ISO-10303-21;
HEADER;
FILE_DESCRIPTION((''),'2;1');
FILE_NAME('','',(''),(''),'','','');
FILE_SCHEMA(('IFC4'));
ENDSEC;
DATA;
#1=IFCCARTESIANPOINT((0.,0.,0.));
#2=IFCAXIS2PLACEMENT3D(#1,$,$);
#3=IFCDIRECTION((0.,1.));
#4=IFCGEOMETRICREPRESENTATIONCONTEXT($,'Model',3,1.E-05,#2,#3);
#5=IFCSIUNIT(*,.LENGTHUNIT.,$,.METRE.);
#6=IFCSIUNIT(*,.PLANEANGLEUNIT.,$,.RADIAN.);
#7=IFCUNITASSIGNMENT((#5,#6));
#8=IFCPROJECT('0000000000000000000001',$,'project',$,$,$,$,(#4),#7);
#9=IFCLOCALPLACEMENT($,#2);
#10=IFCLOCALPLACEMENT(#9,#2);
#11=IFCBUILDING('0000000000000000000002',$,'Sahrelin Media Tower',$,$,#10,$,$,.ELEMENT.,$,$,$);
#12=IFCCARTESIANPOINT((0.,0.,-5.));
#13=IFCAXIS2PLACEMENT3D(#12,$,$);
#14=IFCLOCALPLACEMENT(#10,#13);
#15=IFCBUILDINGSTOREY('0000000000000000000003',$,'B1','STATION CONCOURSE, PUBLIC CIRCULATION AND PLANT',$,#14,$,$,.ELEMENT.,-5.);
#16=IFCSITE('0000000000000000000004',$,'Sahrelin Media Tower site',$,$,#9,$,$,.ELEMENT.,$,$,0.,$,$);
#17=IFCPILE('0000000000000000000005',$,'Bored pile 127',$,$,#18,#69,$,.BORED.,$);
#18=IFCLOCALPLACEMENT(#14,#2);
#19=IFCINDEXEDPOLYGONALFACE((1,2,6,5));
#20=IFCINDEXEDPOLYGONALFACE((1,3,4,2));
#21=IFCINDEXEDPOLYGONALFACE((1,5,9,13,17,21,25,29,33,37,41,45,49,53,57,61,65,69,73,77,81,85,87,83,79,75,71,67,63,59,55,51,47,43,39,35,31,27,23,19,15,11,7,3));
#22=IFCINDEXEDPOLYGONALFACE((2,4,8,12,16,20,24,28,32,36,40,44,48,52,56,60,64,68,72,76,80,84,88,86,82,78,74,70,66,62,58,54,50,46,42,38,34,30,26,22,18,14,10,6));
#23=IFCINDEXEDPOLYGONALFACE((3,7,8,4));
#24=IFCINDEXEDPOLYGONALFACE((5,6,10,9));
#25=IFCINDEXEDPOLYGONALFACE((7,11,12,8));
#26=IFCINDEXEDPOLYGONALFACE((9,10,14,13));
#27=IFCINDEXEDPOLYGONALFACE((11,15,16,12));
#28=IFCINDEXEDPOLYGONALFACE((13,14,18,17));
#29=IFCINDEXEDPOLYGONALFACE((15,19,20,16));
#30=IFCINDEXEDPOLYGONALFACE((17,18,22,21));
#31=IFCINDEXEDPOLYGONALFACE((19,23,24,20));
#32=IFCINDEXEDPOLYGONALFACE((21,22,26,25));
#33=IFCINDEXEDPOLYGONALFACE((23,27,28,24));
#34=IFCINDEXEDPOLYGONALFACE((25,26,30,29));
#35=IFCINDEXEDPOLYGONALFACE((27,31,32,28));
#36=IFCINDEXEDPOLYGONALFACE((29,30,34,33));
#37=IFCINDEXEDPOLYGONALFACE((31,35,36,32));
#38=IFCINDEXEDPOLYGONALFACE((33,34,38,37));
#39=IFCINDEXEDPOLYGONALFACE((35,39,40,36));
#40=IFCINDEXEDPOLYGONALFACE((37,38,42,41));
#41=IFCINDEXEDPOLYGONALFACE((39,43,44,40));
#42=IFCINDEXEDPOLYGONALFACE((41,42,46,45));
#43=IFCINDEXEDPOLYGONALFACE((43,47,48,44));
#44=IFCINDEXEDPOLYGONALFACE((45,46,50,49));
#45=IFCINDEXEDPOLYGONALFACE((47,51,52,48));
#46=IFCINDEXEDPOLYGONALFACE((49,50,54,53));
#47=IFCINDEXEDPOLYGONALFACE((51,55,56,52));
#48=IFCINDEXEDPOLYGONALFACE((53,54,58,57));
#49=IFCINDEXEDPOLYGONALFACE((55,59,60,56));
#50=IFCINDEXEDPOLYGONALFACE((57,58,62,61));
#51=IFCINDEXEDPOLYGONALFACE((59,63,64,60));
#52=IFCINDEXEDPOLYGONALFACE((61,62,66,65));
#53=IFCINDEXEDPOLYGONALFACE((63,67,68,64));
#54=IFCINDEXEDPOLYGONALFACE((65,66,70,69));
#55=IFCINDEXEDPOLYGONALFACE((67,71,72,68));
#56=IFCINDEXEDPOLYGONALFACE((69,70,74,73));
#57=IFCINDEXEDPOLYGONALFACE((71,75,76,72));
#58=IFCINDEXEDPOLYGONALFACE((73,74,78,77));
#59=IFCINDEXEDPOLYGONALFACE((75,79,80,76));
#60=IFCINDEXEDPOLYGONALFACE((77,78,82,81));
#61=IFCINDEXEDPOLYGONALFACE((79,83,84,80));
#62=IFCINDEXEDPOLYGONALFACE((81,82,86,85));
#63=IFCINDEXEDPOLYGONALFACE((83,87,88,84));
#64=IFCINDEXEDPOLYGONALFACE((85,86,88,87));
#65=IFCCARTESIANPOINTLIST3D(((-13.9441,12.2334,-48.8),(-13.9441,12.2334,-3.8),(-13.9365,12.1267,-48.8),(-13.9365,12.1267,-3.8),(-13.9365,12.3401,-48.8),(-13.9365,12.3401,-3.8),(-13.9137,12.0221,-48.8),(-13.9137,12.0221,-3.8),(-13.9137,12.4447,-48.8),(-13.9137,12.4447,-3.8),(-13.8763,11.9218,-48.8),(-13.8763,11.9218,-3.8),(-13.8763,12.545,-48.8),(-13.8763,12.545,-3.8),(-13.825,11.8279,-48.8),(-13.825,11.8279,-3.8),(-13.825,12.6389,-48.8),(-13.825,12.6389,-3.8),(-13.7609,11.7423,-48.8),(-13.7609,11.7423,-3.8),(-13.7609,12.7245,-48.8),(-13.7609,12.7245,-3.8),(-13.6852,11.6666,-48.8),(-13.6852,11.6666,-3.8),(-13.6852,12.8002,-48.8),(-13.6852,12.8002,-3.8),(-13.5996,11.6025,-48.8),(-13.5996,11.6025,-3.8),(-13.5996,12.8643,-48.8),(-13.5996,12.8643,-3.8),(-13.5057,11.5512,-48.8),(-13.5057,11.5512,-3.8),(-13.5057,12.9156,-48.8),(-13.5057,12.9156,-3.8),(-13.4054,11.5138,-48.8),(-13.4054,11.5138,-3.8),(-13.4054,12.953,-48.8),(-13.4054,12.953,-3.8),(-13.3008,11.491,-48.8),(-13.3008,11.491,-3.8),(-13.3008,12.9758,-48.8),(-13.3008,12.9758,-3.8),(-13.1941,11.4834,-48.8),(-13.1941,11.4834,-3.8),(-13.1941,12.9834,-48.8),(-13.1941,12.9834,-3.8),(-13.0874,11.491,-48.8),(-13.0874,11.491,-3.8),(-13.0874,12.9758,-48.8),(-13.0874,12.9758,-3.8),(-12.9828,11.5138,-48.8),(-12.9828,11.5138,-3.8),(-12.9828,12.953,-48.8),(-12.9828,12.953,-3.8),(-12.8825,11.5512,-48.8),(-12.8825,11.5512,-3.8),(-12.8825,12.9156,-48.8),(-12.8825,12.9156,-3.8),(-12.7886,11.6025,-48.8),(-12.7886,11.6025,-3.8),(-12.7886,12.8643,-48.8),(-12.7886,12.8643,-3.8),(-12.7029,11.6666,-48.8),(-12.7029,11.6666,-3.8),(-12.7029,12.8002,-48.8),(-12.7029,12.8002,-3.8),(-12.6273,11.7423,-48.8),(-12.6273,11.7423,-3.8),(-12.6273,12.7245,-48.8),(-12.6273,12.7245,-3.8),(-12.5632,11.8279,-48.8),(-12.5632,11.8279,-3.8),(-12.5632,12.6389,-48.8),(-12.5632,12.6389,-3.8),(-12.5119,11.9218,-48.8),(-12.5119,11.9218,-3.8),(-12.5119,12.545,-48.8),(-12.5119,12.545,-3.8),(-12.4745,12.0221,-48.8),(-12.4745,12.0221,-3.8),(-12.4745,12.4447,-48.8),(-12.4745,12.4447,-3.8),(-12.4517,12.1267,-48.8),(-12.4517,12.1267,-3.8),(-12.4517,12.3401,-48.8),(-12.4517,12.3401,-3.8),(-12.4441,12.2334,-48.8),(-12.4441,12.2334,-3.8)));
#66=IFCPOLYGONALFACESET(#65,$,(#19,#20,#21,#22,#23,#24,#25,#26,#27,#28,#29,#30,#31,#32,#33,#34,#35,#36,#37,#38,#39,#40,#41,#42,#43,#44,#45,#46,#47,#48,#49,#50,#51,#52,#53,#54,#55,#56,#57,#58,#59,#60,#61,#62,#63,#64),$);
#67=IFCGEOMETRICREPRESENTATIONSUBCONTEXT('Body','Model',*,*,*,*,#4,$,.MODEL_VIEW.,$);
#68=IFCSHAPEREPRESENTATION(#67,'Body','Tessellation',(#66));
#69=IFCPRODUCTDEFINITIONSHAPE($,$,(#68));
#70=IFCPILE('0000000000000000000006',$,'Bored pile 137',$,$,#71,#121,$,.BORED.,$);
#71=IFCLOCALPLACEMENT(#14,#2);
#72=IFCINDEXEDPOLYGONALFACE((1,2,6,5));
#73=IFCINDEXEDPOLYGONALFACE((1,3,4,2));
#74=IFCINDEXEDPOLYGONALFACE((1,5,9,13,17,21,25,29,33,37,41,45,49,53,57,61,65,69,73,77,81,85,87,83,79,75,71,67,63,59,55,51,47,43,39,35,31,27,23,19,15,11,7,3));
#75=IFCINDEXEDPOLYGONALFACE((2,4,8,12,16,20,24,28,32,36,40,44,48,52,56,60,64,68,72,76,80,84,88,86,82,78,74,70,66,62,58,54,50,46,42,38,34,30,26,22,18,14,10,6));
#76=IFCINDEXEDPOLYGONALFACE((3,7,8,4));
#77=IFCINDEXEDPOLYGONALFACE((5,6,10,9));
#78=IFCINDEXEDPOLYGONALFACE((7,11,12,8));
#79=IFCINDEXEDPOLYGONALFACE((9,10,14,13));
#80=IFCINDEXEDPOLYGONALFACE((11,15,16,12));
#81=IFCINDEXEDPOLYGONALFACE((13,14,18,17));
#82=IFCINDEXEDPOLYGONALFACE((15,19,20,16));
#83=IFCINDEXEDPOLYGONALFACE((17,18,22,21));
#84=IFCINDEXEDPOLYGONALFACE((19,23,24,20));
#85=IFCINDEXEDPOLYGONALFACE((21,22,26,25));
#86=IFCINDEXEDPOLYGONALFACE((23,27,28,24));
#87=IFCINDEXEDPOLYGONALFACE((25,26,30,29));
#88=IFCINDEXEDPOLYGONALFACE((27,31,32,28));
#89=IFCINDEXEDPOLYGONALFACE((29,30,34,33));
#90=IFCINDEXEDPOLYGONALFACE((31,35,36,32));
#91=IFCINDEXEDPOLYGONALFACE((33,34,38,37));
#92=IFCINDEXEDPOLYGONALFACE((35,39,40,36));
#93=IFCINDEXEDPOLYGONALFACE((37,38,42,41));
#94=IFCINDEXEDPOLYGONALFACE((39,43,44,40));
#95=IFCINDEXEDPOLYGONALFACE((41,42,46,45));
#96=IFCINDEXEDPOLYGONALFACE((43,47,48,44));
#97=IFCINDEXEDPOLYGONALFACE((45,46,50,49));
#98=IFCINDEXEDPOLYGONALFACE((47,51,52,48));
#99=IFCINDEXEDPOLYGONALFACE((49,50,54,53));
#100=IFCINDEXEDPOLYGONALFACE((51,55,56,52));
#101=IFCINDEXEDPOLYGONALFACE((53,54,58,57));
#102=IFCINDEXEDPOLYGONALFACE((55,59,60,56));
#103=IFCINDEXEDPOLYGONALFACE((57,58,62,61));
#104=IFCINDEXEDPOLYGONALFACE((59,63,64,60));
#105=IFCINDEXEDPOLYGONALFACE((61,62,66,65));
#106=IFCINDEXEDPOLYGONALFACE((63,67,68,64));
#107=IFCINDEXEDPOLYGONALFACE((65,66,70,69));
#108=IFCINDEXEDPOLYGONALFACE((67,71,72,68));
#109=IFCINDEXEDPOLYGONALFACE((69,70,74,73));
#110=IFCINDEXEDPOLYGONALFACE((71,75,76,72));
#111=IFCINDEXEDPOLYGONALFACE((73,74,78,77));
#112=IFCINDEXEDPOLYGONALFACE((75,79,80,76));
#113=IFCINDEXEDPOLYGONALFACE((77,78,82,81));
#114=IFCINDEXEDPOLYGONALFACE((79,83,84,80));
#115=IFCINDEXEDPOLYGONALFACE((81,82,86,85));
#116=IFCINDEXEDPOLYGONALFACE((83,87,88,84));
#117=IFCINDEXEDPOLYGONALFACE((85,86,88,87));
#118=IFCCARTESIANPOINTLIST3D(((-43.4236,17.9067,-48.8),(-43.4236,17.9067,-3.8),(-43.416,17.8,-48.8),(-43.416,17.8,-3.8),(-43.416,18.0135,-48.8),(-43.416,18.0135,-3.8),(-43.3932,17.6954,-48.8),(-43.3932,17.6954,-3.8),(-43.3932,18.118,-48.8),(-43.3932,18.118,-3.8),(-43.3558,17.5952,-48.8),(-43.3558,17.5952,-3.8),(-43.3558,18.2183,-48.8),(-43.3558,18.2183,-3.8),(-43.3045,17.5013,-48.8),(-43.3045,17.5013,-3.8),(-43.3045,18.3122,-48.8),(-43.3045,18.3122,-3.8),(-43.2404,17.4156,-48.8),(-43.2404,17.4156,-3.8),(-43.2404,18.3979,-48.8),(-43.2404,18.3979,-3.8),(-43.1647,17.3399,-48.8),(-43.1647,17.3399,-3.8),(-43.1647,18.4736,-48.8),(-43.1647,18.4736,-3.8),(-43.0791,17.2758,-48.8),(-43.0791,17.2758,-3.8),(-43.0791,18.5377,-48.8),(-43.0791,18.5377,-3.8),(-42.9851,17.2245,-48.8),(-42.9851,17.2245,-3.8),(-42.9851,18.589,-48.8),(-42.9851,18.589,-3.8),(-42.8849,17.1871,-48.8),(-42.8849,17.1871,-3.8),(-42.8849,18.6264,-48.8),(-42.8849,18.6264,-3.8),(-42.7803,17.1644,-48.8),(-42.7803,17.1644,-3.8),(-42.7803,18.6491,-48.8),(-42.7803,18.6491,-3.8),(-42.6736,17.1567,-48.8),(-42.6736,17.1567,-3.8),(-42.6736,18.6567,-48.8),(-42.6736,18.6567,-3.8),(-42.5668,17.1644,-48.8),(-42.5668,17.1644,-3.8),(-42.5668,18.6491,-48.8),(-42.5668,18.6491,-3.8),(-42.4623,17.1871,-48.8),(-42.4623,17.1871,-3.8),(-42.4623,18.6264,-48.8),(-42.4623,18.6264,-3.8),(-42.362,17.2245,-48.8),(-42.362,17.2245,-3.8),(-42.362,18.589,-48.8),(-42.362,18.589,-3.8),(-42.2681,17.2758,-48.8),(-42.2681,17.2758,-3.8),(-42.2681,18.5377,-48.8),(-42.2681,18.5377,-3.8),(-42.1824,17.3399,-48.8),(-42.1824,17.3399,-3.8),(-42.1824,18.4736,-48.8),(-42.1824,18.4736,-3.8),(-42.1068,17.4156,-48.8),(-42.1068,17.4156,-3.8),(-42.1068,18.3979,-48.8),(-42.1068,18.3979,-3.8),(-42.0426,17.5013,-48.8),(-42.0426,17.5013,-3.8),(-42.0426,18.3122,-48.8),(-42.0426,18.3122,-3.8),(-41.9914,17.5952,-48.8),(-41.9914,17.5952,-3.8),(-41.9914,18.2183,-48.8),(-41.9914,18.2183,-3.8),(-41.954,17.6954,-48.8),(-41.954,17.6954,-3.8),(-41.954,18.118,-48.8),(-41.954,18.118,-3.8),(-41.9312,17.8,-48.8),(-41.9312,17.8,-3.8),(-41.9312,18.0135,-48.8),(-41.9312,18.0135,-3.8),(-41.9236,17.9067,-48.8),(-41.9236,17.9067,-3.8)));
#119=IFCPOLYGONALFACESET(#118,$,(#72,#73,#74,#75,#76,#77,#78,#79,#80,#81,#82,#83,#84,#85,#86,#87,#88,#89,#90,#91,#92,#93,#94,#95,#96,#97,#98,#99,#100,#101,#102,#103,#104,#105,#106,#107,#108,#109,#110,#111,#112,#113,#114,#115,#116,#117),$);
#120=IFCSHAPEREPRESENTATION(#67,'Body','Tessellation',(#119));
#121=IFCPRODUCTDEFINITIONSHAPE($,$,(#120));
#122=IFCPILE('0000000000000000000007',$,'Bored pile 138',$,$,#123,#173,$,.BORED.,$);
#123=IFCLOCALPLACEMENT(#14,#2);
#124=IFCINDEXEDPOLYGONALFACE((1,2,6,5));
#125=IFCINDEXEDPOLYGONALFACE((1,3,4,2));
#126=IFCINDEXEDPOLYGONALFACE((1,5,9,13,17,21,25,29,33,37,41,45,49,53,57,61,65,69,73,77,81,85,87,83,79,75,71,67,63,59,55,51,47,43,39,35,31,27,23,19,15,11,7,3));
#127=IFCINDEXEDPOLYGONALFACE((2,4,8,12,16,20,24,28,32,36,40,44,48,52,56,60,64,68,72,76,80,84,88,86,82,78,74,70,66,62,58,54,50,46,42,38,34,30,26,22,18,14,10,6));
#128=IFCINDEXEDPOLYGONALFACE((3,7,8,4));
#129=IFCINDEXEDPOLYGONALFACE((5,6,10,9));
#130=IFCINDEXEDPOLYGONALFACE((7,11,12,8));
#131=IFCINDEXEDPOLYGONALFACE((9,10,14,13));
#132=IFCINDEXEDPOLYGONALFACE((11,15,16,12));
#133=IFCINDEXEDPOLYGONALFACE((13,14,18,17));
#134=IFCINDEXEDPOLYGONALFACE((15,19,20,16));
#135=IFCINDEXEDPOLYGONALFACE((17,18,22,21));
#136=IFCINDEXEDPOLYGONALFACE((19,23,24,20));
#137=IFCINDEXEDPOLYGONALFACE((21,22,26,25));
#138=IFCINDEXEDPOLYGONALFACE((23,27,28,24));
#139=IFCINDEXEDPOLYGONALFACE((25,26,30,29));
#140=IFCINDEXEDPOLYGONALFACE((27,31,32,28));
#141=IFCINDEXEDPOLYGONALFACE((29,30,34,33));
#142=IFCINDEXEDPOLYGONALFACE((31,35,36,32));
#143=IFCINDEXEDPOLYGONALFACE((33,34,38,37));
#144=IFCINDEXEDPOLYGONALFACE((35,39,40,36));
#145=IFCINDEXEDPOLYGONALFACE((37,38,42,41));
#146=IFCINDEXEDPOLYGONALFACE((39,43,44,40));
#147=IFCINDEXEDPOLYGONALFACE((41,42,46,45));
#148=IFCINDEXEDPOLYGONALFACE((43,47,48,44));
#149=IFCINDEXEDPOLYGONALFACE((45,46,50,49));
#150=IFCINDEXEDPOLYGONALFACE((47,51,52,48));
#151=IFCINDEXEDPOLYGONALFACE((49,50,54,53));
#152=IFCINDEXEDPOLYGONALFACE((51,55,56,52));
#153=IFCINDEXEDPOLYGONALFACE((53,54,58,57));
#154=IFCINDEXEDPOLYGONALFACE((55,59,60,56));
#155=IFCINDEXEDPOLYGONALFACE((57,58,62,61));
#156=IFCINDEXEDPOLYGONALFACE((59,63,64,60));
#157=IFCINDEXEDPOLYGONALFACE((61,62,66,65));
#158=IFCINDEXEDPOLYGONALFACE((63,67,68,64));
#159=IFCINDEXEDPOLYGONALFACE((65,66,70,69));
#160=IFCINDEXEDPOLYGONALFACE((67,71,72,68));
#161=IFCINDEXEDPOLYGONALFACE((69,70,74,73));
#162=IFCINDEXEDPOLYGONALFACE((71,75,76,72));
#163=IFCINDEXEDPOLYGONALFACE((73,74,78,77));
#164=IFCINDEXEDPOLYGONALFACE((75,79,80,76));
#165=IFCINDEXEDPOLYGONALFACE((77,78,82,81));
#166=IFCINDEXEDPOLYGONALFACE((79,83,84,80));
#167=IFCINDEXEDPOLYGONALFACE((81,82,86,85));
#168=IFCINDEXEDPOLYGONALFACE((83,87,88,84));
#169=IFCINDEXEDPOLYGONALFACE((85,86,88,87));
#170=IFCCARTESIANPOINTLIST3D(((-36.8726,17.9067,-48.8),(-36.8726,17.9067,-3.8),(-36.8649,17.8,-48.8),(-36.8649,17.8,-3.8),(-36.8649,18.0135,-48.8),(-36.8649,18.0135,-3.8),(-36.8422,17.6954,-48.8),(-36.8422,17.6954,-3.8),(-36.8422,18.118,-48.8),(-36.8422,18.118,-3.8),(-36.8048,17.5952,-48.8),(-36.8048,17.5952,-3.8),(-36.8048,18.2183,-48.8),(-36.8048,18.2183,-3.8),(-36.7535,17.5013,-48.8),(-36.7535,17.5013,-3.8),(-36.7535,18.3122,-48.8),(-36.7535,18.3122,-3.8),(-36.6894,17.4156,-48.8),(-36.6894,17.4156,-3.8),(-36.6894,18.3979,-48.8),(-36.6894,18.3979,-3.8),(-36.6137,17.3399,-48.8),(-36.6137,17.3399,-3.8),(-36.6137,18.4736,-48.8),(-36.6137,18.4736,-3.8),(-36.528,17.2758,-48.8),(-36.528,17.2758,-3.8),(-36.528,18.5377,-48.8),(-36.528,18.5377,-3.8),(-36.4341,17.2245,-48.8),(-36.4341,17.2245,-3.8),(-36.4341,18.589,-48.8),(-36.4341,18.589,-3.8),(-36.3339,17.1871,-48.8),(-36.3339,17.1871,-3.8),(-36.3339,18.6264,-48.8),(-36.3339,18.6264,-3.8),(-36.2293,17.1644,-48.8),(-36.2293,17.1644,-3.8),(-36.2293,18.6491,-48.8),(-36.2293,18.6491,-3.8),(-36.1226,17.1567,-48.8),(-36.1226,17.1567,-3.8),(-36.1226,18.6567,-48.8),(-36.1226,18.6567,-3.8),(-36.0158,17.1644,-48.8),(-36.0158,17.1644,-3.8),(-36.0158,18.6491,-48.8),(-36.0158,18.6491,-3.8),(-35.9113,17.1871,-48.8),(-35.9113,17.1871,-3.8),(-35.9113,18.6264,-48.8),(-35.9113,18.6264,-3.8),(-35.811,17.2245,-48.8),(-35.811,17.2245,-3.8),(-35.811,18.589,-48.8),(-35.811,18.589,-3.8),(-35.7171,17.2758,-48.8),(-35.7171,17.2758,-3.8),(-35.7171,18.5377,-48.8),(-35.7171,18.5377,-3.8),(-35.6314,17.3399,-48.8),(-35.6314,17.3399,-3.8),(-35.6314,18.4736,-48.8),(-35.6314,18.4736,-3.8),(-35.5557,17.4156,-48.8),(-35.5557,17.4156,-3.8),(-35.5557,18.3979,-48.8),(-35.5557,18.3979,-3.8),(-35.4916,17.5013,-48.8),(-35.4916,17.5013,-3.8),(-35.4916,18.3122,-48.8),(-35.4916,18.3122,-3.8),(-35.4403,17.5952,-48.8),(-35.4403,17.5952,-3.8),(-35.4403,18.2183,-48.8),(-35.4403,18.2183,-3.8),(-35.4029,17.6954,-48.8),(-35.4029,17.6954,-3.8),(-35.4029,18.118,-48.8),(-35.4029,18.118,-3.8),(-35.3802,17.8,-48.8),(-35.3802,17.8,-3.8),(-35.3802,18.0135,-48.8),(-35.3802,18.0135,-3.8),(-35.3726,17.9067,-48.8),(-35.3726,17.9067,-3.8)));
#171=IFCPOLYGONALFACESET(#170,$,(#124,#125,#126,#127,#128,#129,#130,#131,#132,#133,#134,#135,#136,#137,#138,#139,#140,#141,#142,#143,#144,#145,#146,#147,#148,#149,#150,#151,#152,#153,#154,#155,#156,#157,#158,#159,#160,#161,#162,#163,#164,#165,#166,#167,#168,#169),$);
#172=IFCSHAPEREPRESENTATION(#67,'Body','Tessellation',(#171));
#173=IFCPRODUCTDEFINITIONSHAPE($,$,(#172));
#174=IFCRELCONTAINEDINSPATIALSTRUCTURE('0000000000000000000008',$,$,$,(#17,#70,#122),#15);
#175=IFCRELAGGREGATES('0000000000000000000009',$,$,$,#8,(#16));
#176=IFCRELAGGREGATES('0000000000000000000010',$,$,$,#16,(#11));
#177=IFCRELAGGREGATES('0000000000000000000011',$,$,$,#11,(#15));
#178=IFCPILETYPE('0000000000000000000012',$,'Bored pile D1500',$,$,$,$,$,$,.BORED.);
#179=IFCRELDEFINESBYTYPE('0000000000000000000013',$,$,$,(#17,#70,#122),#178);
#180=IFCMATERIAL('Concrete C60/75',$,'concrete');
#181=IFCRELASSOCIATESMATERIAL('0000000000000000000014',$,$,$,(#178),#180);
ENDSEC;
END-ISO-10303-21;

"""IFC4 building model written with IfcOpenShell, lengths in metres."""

from ifc_helpers import new_model, si_unit, direction, frame, origin, origin_2d, place, context, subcontext, project, spatial, circle, extrude, material, material_profile, profile_set, type_object, element, save


model = new_model("IFC4")

# Units and contexts
model_context = context("Model", 3, precision=1e-05, world=origin(), true_north=direction((0.0, 1.0)))
body_context = subcontext(model_context, "Body", "Model", "MODEL_VIEW")
ifc_project = project(units=[si_unit("LENGTHUNIT", "METRE"), si_unit("PLANEANGLEUNIT", "RADIAN")], contexts=[model_context])

# Site, building, storey
site_placement = place(None, origin())
site = spatial("IfcSite", under=ifc_project, at=site_placement, Name="Sahrelin Media Tower site", CompositionType="ELEMENT", RefElevation=0.0)
building_placement = place(site_placement, origin())
building = spatial("IfcBuilding", under=site, at=building_placement, Name="Sahrelin Media Tower", CompositionType="ELEMENT")
storey_placement = place(building_placement, frame((0.0, 0.0, -5.0)))
storey = spatial("IfcBuildingStorey", under=building, at=storey_placement, Name="B1", Description="STATION CONCOURSE, PUBLIC CIRCULATION AND PLANT", CompositionType="ELEMENT", Elevation=-5.0)

# Piles
ifc_material_1 = material(Name="Concrete C60/75", Category="concrete")
ifc_material_profile_1 = material_profile(ifc_material_1, circle(Radius=0.75, at=origin_2d()), Name="Bored pile D1500")
ifc_profile_set_1 = profile_set([ifc_material_profile_1], Name="Concrete C60/75")
pile_type = type_object("IfcPileType", Name="Bored pile D1500", PredefinedType="BORED", material=ifc_profile_set_1)
for number, where, z_axis, x_axis, name in (
    (1, (-13.1941, 12.2334, -3.8), (0.0, 0.0, -1.0), (1.0, 0.0, 0.0), "Bored pile 127"),
    (2, (-42.6736, 17.9067, -3.8), (0.0, 0.0, -1.0), (1.0, 0.0, 0.0), "Bored pile 137"),
    (3, (-36.1226, 17.9067, -3.8), (0.0, 0.0, -1.0), (1.0, 0.0, 0.0), "Bored pile 138"),
):
    element("IfcPile", number, at=place(storey_placement, frame(where, z_axis=z_axis, x_axis=x_axis)), inside=storey, type_object=pile_type, Name=name, PredefinedType="BORED", context=body_context, shape_type="SweptSolid", body=[
        extrude(circle(Radius=0.75, at=origin_2d()), origin(), (0.0, 0.0, 1.0), 45.0),
    ])

save(model, "model.ifc")
